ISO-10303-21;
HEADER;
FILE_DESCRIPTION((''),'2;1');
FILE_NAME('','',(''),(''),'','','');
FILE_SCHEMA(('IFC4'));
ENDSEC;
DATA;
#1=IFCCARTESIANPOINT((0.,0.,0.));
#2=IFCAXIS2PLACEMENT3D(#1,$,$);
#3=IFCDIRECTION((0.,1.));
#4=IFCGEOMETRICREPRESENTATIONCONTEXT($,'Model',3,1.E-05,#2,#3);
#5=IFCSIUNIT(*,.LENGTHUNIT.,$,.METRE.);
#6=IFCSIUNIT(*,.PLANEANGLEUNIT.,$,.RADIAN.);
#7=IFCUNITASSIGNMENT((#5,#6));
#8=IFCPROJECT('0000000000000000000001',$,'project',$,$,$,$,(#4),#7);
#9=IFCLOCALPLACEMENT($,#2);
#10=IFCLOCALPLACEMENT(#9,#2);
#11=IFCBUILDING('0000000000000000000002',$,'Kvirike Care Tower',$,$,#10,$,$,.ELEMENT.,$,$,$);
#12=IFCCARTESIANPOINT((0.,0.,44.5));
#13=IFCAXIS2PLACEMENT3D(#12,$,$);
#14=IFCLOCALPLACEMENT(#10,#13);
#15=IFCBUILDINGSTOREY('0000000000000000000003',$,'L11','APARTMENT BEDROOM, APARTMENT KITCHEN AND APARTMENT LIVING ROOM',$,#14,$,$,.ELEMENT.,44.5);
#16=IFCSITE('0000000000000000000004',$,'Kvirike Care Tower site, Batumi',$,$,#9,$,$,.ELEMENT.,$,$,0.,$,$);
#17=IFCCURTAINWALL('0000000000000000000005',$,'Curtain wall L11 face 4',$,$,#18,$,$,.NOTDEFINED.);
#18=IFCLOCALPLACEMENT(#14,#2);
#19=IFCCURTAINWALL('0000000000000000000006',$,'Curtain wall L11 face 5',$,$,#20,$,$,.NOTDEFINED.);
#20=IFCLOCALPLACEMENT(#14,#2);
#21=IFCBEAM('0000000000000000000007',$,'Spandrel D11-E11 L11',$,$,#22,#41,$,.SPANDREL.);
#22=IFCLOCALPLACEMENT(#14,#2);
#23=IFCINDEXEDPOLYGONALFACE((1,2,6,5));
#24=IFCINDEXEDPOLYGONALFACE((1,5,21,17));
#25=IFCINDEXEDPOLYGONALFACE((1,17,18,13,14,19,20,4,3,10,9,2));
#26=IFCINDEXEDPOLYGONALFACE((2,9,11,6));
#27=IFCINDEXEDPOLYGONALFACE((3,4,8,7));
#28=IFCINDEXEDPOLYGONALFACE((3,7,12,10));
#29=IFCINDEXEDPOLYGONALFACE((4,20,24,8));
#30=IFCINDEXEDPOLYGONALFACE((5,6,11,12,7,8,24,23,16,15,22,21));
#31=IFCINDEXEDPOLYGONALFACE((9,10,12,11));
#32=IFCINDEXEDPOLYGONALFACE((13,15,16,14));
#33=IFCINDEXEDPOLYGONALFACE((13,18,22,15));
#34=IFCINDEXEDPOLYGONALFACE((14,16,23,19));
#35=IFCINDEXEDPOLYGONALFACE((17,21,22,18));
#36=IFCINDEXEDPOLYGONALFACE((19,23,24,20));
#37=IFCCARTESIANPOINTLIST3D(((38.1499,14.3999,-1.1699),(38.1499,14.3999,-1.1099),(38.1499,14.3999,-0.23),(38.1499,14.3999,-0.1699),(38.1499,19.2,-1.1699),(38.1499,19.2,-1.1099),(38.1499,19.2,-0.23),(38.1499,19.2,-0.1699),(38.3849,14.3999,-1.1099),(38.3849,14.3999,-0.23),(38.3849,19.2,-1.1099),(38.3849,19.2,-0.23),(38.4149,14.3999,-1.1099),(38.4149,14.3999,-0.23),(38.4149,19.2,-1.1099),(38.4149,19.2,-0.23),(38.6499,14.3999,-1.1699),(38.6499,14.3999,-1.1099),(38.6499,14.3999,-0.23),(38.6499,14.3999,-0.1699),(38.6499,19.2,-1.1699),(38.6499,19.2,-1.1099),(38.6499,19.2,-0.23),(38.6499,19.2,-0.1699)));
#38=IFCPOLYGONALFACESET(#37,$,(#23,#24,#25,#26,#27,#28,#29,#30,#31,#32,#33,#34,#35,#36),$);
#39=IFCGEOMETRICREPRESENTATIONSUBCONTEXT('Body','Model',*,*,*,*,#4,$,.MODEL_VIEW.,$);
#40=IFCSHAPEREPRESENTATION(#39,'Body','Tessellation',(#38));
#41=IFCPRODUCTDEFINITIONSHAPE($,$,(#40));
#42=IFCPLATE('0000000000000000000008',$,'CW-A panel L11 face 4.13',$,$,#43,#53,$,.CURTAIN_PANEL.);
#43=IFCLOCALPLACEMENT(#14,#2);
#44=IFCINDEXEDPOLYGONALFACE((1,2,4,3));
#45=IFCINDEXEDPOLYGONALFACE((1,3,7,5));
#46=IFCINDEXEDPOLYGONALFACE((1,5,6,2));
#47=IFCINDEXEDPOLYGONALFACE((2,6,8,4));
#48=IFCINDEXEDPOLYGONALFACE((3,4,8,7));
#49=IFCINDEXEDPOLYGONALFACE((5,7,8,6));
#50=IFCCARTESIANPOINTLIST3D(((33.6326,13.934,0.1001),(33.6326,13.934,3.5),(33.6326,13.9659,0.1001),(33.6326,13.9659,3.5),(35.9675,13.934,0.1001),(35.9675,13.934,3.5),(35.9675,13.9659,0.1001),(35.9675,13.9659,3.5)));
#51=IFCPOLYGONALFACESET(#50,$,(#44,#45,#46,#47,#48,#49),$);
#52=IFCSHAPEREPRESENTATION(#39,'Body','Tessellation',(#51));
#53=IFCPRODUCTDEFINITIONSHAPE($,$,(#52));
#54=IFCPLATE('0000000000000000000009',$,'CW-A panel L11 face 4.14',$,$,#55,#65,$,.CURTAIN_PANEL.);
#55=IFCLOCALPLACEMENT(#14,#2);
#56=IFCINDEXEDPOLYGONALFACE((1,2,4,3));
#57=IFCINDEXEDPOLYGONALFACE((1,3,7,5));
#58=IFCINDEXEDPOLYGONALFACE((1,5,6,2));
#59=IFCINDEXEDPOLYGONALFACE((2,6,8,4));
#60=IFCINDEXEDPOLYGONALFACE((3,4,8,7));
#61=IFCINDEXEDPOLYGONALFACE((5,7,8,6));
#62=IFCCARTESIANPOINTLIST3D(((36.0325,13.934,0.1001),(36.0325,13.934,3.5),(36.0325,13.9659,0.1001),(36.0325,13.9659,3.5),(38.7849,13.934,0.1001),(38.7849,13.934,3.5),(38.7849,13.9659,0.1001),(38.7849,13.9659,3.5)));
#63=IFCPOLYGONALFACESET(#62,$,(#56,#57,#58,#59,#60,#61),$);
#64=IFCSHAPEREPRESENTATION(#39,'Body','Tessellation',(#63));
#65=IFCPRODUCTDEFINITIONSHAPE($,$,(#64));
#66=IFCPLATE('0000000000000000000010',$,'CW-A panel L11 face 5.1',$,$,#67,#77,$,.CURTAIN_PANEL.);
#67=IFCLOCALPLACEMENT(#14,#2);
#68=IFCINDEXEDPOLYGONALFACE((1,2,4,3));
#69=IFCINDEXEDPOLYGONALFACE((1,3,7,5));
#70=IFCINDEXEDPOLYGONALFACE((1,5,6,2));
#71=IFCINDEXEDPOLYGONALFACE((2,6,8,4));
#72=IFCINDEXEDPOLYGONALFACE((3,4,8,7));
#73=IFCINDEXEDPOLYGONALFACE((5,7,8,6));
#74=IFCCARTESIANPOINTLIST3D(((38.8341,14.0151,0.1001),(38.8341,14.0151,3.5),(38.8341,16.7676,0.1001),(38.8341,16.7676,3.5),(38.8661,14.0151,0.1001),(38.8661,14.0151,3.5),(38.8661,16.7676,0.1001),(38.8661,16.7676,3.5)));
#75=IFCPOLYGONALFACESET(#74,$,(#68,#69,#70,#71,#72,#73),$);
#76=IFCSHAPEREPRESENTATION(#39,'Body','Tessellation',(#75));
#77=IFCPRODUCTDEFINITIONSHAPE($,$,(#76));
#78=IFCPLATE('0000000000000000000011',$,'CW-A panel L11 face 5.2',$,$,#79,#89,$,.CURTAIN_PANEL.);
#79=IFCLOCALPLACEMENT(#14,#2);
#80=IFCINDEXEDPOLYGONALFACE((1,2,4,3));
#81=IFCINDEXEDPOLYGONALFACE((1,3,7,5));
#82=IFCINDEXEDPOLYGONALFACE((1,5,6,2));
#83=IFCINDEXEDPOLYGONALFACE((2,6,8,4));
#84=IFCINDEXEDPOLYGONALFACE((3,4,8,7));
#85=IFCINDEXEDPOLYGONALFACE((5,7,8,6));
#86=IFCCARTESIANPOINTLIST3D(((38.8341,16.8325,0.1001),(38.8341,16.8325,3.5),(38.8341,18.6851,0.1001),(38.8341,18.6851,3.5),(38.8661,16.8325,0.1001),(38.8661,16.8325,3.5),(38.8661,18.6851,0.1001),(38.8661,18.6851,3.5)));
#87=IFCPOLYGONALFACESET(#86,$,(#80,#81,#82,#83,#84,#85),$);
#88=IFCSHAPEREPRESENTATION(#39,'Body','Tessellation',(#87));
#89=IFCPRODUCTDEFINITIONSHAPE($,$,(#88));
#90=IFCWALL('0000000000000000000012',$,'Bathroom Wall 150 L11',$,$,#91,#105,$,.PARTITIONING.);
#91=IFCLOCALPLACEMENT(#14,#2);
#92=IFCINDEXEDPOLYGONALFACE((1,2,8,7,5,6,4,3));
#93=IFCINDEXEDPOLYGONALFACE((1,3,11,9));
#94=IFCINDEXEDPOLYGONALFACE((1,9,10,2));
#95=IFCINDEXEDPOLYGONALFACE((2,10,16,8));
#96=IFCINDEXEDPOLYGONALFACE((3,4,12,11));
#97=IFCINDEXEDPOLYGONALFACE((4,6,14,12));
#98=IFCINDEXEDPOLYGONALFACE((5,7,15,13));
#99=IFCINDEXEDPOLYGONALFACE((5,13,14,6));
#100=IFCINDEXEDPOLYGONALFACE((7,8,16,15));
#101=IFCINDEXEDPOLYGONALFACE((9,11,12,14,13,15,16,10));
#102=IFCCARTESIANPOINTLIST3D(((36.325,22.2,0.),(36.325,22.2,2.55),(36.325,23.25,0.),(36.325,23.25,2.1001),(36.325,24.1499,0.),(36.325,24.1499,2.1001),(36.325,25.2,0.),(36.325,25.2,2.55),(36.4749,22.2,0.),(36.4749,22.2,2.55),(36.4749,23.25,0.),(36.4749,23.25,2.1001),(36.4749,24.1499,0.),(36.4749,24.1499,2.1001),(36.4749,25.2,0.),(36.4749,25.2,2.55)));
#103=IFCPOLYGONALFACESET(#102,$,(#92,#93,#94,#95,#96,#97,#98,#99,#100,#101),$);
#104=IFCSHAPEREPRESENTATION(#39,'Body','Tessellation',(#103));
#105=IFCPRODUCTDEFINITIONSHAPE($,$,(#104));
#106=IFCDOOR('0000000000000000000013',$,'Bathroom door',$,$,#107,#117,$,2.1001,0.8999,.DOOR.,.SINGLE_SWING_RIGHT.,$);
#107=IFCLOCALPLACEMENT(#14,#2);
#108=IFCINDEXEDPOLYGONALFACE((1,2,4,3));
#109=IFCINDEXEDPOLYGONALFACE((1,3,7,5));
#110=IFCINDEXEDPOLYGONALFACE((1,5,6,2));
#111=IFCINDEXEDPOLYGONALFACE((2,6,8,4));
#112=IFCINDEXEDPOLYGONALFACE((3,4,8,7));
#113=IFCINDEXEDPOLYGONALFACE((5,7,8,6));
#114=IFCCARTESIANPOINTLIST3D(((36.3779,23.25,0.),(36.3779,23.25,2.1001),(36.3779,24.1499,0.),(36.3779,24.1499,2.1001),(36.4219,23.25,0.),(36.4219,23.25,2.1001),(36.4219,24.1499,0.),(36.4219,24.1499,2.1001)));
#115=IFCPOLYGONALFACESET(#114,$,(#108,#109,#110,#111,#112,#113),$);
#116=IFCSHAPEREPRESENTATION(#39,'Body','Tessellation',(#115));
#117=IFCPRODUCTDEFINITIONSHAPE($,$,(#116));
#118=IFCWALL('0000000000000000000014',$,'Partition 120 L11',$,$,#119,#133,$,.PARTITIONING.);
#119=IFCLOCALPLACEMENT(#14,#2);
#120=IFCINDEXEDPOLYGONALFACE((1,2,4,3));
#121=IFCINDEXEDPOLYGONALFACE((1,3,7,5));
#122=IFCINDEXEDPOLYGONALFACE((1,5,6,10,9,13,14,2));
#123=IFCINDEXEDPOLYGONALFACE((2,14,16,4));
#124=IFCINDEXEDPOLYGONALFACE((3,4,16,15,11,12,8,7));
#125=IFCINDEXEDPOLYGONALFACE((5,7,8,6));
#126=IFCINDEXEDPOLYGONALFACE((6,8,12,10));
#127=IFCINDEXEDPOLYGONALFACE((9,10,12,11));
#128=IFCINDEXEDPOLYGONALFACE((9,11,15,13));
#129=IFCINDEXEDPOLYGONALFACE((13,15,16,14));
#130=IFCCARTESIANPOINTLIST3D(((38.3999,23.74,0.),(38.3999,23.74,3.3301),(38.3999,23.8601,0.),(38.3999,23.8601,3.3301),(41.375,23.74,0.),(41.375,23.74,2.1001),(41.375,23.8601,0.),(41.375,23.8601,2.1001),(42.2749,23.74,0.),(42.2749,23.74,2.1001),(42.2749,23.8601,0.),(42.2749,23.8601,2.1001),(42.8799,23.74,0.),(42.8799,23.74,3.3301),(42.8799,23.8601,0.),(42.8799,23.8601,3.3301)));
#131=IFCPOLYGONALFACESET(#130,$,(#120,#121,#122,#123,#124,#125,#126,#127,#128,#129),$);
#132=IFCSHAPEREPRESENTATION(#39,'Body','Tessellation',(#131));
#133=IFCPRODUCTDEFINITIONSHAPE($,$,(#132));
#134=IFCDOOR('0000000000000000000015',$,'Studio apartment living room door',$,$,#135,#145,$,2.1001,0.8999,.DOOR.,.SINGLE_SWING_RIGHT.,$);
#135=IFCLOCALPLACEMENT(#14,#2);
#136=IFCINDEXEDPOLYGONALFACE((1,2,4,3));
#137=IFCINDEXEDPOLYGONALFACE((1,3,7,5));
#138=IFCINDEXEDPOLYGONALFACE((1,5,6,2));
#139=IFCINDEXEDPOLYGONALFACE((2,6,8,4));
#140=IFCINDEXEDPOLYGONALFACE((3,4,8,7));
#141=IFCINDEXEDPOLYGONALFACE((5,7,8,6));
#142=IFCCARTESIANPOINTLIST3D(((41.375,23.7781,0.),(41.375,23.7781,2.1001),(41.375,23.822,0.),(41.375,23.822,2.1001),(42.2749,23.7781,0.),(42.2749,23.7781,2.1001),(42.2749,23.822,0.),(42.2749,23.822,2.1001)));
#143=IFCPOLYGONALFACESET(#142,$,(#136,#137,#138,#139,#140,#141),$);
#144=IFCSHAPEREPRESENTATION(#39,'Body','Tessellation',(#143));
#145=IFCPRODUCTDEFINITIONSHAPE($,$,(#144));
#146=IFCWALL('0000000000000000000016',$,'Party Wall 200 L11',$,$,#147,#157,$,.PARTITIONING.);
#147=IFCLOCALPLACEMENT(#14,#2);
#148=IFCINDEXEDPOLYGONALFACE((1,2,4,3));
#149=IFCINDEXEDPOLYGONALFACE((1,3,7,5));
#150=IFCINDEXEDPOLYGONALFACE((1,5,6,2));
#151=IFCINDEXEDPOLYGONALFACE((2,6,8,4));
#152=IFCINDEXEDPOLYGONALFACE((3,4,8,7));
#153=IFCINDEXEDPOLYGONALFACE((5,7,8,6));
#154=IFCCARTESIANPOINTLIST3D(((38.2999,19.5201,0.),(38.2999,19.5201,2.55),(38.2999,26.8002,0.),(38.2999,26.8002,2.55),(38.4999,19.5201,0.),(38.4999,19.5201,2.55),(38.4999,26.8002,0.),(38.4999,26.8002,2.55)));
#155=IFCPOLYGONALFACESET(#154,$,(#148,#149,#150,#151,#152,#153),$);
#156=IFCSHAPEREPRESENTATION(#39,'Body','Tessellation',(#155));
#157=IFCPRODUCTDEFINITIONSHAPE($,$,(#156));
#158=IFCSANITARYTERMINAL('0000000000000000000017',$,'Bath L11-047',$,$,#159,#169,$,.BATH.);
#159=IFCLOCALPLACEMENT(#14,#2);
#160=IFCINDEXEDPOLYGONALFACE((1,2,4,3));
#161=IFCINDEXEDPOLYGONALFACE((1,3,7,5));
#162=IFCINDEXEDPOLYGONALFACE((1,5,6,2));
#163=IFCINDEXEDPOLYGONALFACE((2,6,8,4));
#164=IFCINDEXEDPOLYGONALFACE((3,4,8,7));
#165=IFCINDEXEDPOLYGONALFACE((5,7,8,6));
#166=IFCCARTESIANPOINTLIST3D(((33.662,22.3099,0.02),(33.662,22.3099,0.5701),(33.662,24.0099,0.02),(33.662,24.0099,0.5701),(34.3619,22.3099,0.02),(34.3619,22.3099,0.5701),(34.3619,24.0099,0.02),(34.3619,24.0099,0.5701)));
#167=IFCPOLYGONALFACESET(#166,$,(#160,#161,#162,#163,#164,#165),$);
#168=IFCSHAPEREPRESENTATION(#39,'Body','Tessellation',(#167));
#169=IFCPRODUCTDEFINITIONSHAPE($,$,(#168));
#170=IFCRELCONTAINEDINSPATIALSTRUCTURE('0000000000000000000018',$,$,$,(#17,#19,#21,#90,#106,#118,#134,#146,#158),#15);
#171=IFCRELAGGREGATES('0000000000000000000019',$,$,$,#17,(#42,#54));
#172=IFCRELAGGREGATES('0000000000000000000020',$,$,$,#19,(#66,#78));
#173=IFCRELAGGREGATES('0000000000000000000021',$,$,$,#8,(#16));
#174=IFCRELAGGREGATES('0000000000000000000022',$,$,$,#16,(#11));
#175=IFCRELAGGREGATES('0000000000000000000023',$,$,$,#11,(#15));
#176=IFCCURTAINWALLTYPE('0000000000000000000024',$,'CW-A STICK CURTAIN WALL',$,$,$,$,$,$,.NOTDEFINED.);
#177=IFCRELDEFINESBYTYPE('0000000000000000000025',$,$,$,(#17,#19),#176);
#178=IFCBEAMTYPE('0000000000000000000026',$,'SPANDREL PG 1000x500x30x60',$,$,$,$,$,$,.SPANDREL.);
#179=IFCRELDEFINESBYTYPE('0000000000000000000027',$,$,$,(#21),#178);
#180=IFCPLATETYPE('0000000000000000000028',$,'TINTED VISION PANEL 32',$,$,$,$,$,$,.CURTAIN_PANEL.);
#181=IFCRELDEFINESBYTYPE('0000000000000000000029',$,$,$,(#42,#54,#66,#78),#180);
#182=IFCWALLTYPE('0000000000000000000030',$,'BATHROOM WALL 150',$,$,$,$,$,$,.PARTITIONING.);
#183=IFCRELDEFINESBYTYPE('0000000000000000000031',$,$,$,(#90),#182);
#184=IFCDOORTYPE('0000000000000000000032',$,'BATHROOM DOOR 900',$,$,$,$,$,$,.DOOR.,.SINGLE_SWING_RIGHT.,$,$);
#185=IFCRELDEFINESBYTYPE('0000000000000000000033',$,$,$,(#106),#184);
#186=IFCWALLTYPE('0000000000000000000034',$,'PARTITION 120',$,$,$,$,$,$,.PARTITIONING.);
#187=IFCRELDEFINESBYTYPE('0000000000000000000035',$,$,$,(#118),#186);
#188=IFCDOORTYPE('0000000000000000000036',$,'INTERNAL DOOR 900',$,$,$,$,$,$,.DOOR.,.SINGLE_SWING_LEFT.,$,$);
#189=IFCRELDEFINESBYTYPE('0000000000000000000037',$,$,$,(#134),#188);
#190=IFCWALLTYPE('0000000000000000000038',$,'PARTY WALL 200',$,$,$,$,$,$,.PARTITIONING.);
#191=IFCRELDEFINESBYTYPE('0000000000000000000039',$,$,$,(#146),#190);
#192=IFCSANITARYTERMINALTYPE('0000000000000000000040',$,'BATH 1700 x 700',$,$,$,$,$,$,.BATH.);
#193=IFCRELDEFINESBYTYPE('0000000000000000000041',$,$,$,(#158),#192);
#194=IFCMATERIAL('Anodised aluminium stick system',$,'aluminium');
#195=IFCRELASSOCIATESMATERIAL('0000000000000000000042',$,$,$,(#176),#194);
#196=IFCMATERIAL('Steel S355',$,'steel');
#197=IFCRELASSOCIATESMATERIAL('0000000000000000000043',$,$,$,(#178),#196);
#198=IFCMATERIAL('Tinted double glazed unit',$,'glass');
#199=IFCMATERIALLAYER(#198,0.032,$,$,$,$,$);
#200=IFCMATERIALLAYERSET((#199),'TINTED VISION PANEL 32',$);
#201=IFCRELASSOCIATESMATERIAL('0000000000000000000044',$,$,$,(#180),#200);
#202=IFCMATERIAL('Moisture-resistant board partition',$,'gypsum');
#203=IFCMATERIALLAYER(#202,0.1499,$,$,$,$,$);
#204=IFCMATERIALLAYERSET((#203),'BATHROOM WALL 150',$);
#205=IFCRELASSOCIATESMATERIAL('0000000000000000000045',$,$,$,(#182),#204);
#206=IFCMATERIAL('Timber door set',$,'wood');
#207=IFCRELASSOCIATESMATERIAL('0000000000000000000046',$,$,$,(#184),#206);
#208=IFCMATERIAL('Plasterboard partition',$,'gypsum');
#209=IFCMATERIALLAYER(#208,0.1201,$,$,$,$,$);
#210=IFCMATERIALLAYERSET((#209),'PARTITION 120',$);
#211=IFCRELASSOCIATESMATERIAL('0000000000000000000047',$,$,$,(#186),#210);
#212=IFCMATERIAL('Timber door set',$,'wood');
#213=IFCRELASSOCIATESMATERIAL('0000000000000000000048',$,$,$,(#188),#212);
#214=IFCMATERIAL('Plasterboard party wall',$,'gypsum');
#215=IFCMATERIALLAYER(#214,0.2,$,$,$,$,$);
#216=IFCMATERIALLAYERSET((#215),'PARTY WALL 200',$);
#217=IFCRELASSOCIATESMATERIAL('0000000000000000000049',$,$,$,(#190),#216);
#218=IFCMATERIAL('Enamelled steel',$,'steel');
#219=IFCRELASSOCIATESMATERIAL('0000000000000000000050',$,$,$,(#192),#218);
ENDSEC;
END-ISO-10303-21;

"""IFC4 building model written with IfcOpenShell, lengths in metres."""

from ifc_helpers import new_model, si_unit, direction, frame, frame_2d, origin, origin_2d, place, context, subcontext, project, spatial, rectangle, i_section, extrude, material, layer, layer_set, material_profile, profile_set, type_object, element, fill, aggregate, save


model = new_model("IFC4")

# Units and contexts
model_context = context("Model", 3, precision=1e-05, world=origin(), true_north=direction((0.0, 1.0)))
body_context = subcontext(model_context, "Body", "Model", "MODEL_VIEW")
ifc_project = project(units=[si_unit("LENGTHUNIT", "METRE"), si_unit("PLANEANGLEUNIT", "RADIAN")], contexts=[model_context])

# Site, building, storey
site_placement = place(None, origin())
site = spatial("IfcSite", under=ifc_project, at=site_placement, Name="Kvirike Care Tower site, Batumi", CompositionType="ELEMENT", RefElevation=0.0)
building_placement = place(site_placement, origin())
building = spatial("IfcBuilding", under=site, at=building_placement, Name="Kvirike Care Tower", CompositionType="ELEMENT")
storey_placement = place(building_placement, frame((0.0, 0.0, 44.5)))
storey = spatial("IfcBuildingStorey", under=building, at=storey_placement, Name="L11", Description="APARTMENT BEDROOM, APARTMENT KITCHEN AND APARTMENT LIVING ROOM", CompositionType="ELEMENT", Elevation=44.5)

# Curtain walls
ifc_material_1 = material(Name="Anodised aluminium stick system", Category="aluminium")
curtain_wall_type = type_object("IfcCurtainWallType", Name="CW-A STICK CURTAIN WALL", PredefinedType="NOTDEFINED", material=ifc_material_1)
curtain_wall_1_placement = place(storey_placement, origin())
curtain_wall_1 = element("IfcCurtainWall", 1, at=curtain_wall_1_placement, inside=storey, type_object=curtain_wall_type, Name="Curtain wall L11 face 4", PredefinedType="NOTDEFINED")
curtain_wall_2_placement = place(storey_placement, origin())
curtain_wall_2 = element("IfcCurtainWall", 2, at=curtain_wall_2_placement, inside=storey, type_object=curtain_wall_type, Name="Curtain wall L11 face 5", PredefinedType="NOTDEFINED")

# Beam
ifc_material_2 = material(Name="Steel S355", Category="steel")
ifc_material_profile_1 = material_profile(ifc_material_2, i_section(OverallWidth=0.5, OverallDepth=1.0, WebThickness=0.03, FlangeThickness=0.0601, at=origin_2d()), Name="PG 1000x500x30x60")
ifc_profile_set_1 = profile_set([ifc_material_profile_1], Name="Steel S355")
beam_type = type_object("IfcBeamType", Name="SPANDREL PG 1000x500x30x60", PredefinedType="SPANDREL", material=ifc_profile_set_1)
for number, where, z_axis, x_axis, name in (
    (3, (38.3999, 14.3999, -0.6699), (0.0, 1.0, 0.0), (-1.0, 0.0, 0.0), "Spandrel D11-E11 L11"),
):
    element("IfcBeam", number, at=place(storey_placement, frame(where, z_axis=z_axis, x_axis=x_axis)), inside=storey, type_object=beam_type, Name=name, PredefinedType="SPANDREL", context=body_context, shape_type="SweptSolid", body=[
        extrude(i_section(OverallWidth=0.5, OverallDepth=1.0, WebThickness=0.03, FlangeThickness=0.0601, at=origin_2d()), origin(), (0.0, 0.0, 1.0), 4.8),
    ])

# Plates
ifc_material_3 = material(Name="Tinted double glazed unit", Category="glass")
ifc_layer_1 = layer(ifc_material_3, 0.032)
ifc_layer_set_1 = layer_set([ifc_layer_1], Name="TINTED VISION PANEL 32")
plate_type = type_object("IfcPlateType", Name="TINTED VISION PANEL 32", PredefinedType="CURTAIN_PANEL", material=ifc_layer_set_1)
plate_1_placement = place(storey_placement, frame((34.8, 13.95, 0.1001), z_axis=(0.0, 0.0, 1.0), x_axis=(1.0, 0.0, 0.0)))
plate_1 = element("IfcPlate", 4, at=plate_1_placement, type_object=plate_type, Name="CW-A panel L11 face 4.13", PredefinedType="CURTAIN_PANEL", context=body_context, shape_type="SweptSolid", body=[
    extrude(rectangle(XDim=2.335, YDim=0.032, at=origin_2d()), origin(), (0.0, 0.0, 1.0), 3.3999),
])
plate_2_placement = place(storey_placement, frame((37.4087, 13.95, 0.1001), z_axis=(0.0, 0.0, 1.0), x_axis=(1.0, 0.0, 0.0)))
plate_2 = element("IfcPlate", 5, at=plate_2_placement, type_object=plate_type, Name="CW-A panel L11 face 4.14", PredefinedType="CURTAIN_PANEL", context=body_context, shape_type="SweptSolid", body=[
    extrude(rectangle(XDim=2.7524, YDim=0.032, at=origin_2d()), origin(), (0.0, 0.0, 1.0), 3.3999),
])
aggregate(curtain_wall_1, [plate_1, plate_2])
plate_3_placement = place(storey_placement, frame((38.8501, 15.3914, 0.1001), z_axis=(0.0, 0.0, 1.0), x_axis=(0.0, 1.0, 0.0)))
plate_3 = element("IfcPlate", 6, at=plate_3_placement, type_object=plate_type, Name="CW-A panel L11 face 5.1", PredefinedType="CURTAIN_PANEL", context=body_context, shape_type="SweptSolid", body=[
    extrude(rectangle(XDim=2.7524, YDim=0.032, at=origin_2d()), origin(), (0.0, 0.0, 1.0), 3.3999),
])
plate_4_placement = place(storey_placement, frame((38.8501, 17.7588, 0.1001), z_axis=(0.0, 0.0, 1.0), x_axis=(0.0, 1.0, 0.0)))
plate_4 = element("IfcPlate", 7, at=plate_4_placement, type_object=plate_type, Name="CW-A panel L11 face 5.2", PredefinedType="CURTAIN_PANEL", context=body_context, shape_type="SweptSolid", body=[
    extrude(rectangle(XDim=1.8525, YDim=0.032, at=origin_2d()), origin(), (0.0, 0.0, 1.0), 3.3999),
])
aggregate(curtain_wall_2, [plate_3, plate_4])

# Walls, openings, doors
ifc_material_4 = material(Name="Moisture-resistant board partition", Category="gypsum")
ifc_layer_2 = layer(ifc_material_4, 0.1499)
ifc_layer_set_2 = layer_set([ifc_layer_2], Name="BATHROOM WALL 150")
wall_type_1 = type_object("IfcWallType", Name="BATHROOM WALL 150", PredefinedType="PARTITIONING", material=ifc_layer_set_2)
wall_1_placement = place(storey_placement, frame((36.3999, 22.2, 0.0), z_axis=(0.0, 0.0, 1.0), x_axis=(0.0, 1.0, 0.0)))
wall_1 = element("IfcWall", 8, at=wall_1_placement, inside=storey, type_object=wall_type_1, Name="Bathroom Wall 150 L11", PredefinedType="PARTITIONING", context=body_context, shape_type="SweptSolid", body=[
    extrude(rectangle(XDim=3.0, YDim=0.1499, at=frame_2d((1.5, 0.0))), origin(), (0.0, 0.0, 1.0), 2.55),
])
opening_1_placement = place(wall_1_placement, frame((1.05, 0.0, 0.0)))
opening_1 = element("IfcOpeningElement", 9, at=opening_1_placement, cuts=wall_1, PredefinedType="OPENING", context=body_context, shape_type="SweptSolid", body=[
    extrude(rectangle(XDim=0.8999, YDim=2.1001, at=frame_2d((0.45, 1.05))), frame((0.0, 0.0854, 0.0), z_axis=(0.0, -1.0, 0.0), x_axis=(1.0, 0.0, 0.0)), (0.0, 0.0, 1.0), 0.1709),
])
ifc_material_5 = material(Name="Timber door set", Category="wood")
door_type_1 = type_object("IfcDoorType", Name="BATHROOM DOOR 900", OperationType="SINGLE_SWING_RIGHT", PredefinedType="DOOR", material=ifc_material_5)
door_1_placement = place(opening_1_placement, origin())
door_1 = element("IfcDoor", 10, at=door_1_placement, inside=storey, type_object=door_type_1, Name="Bathroom door", OperationType="SINGLE_SWING_RIGHT", OverallHeight=2.1001, OverallWidth=0.8999, PredefinedType="DOOR", context=body_context, shape_type="SweptSolid", body=[
    extrude(rectangle(XDim=0.8999, YDim=2.1001, at=frame_2d((0.45, 1.05))), frame((0.0, 0.022, 0.0), z_axis=(0.0, -1.0, 0.0), x_axis=(1.0, 0.0, 0.0)), (0.0, 0.0, 1.0), 0.0439),
])
fill(opening_1, door_1)
ifc_material_6 = material(Name="Plasterboard partition", Category="gypsum")
ifc_layer_3 = layer(ifc_material_6, 0.1201)
ifc_layer_set_3 = layer_set([ifc_layer_3], Name="PARTITION 120")
wall_type_2 = type_object("IfcWallType", Name="PARTITION 120", PredefinedType="PARTITIONING", material=ifc_layer_set_3)
wall_2_placement = place(storey_placement, frame((38.3999, 23.8, 0.0), z_axis=(0.0, 0.0, 1.0), x_axis=(1.0, 0.0, 0.0)))
wall_2 = element("IfcWall", 11, at=wall_2_placement, inside=storey, type_object=wall_type_2, Name="Partition 120 L11", PredefinedType="PARTITIONING", context=body_context, shape_type="SweptSolid", body=[
    extrude(rectangle(XDim=4.48, YDim=0.1201, at=frame_2d((2.24, 0.0))), origin(), (0.0, 0.0, 1.0), 3.3301),
])
opening_2_placement = place(wall_2_placement, frame((2.9751, 0.0, 0.0)))
opening_2 = element("IfcOpeningElement", 12, at=opening_2_placement, cuts=wall_2, PredefinedType="OPENING", context=body_context, shape_type="SweptSolid", body=[
    extrude(rectangle(XDim=0.8999, YDim=2.1001, at=frame_2d((0.45, 1.05))), frame((0.0, 0.0706, 0.0), z_axis=(0.0, -1.0, 0.0), x_axis=(1.0, 0.0, 0.0)), (0.0, 0.0, 1.0), 0.1411),
])
ifc_material_7 = material(Name="Timber door set", Category="wood")
door_type_2 = type_object("IfcDoorType", Name="INTERNAL DOOR 900", OperationType="SINGLE_SWING_LEFT", PredefinedType="DOOR", material=ifc_material_7)
door_2_placement = place(opening_2_placement, origin())
door_2 = element("IfcDoor", 13, at=door_2_placement, inside=storey, type_object=door_type_2, Name="Studio apartment living room door", OperationType="SINGLE_SWING_RIGHT", OverallHeight=2.1001, OverallWidth=0.8999, PredefinedType="DOOR", context=body_context, shape_type="SweptSolid", body=[
    extrude(rectangle(XDim=0.8999, YDim=2.1001, at=frame_2d((0.45, 1.05))), frame((0.0, 0.022, 0.0), z_axis=(0.0, -1.0, 0.0), x_axis=(1.0, 0.0, 0.0)), (0.0, 0.0, 1.0), 0.0439),
])
fill(opening_2, door_2)

# Wall
ifc_material_8 = material(Name="Plasterboard party wall", Category="gypsum")
ifc_layer_4 = layer(ifc_material_8, 0.2)
ifc_layer_set_4 = layer_set([ifc_layer_4], Name="PARTY WALL 200")
wall_type_3 = type_object("IfcWallType", Name="PARTY WALL 200", PredefinedType="PARTITIONING", material=ifc_layer_set_4)
wall_3_placement = place(storey_placement, frame((38.3999, 19.52, 0.0), z_axis=(0.0, 0.0, 1.0), x_axis=(0.0, 1.0, 0.0)))
element("IfcWall", 14, at=wall_3_placement, inside=storey, type_object=wall_type_3, Name="Party Wall 200 L11", PredefinedType="PARTITIONING", context=body_context, shape_type="SweptSolid", body=[
    extrude(rectangle(XDim=7.28, YDim=0.2, at=frame_2d((3.6401, 0.0))), origin(), (0.0, 0.0, 1.0), 2.55),
])

# Sanitary terminal
ifc_material_9 = material(Name="Enamelled steel", Category="steel")
sanitary_terminal_type = type_object("IfcSanitaryTerminalType", Name="BATH 1700 x 700", PredefinedType="BATH", material=ifc_material_9)
sanitary_terminal_placement = place(storey_placement, frame((34.012, 23.1599, 0.02), z_axis=(0.0, 0.0, 1.0), x_axis=(0.0, 1.0, 0.0)))
element("IfcSanitaryTerminal", 15, at=sanitary_terminal_placement, inside=storey, type_object=sanitary_terminal_type, Name="Bath L11-047", PredefinedType="BATH", context=body_context, shape_type="SweptSolid", body=[
    extrude(rectangle(XDim=1.7, YDim=0.7, at=origin_2d()), origin(), (0.0, 0.0, 1.0), 0.55),
])

save(model, "model.ifc")
